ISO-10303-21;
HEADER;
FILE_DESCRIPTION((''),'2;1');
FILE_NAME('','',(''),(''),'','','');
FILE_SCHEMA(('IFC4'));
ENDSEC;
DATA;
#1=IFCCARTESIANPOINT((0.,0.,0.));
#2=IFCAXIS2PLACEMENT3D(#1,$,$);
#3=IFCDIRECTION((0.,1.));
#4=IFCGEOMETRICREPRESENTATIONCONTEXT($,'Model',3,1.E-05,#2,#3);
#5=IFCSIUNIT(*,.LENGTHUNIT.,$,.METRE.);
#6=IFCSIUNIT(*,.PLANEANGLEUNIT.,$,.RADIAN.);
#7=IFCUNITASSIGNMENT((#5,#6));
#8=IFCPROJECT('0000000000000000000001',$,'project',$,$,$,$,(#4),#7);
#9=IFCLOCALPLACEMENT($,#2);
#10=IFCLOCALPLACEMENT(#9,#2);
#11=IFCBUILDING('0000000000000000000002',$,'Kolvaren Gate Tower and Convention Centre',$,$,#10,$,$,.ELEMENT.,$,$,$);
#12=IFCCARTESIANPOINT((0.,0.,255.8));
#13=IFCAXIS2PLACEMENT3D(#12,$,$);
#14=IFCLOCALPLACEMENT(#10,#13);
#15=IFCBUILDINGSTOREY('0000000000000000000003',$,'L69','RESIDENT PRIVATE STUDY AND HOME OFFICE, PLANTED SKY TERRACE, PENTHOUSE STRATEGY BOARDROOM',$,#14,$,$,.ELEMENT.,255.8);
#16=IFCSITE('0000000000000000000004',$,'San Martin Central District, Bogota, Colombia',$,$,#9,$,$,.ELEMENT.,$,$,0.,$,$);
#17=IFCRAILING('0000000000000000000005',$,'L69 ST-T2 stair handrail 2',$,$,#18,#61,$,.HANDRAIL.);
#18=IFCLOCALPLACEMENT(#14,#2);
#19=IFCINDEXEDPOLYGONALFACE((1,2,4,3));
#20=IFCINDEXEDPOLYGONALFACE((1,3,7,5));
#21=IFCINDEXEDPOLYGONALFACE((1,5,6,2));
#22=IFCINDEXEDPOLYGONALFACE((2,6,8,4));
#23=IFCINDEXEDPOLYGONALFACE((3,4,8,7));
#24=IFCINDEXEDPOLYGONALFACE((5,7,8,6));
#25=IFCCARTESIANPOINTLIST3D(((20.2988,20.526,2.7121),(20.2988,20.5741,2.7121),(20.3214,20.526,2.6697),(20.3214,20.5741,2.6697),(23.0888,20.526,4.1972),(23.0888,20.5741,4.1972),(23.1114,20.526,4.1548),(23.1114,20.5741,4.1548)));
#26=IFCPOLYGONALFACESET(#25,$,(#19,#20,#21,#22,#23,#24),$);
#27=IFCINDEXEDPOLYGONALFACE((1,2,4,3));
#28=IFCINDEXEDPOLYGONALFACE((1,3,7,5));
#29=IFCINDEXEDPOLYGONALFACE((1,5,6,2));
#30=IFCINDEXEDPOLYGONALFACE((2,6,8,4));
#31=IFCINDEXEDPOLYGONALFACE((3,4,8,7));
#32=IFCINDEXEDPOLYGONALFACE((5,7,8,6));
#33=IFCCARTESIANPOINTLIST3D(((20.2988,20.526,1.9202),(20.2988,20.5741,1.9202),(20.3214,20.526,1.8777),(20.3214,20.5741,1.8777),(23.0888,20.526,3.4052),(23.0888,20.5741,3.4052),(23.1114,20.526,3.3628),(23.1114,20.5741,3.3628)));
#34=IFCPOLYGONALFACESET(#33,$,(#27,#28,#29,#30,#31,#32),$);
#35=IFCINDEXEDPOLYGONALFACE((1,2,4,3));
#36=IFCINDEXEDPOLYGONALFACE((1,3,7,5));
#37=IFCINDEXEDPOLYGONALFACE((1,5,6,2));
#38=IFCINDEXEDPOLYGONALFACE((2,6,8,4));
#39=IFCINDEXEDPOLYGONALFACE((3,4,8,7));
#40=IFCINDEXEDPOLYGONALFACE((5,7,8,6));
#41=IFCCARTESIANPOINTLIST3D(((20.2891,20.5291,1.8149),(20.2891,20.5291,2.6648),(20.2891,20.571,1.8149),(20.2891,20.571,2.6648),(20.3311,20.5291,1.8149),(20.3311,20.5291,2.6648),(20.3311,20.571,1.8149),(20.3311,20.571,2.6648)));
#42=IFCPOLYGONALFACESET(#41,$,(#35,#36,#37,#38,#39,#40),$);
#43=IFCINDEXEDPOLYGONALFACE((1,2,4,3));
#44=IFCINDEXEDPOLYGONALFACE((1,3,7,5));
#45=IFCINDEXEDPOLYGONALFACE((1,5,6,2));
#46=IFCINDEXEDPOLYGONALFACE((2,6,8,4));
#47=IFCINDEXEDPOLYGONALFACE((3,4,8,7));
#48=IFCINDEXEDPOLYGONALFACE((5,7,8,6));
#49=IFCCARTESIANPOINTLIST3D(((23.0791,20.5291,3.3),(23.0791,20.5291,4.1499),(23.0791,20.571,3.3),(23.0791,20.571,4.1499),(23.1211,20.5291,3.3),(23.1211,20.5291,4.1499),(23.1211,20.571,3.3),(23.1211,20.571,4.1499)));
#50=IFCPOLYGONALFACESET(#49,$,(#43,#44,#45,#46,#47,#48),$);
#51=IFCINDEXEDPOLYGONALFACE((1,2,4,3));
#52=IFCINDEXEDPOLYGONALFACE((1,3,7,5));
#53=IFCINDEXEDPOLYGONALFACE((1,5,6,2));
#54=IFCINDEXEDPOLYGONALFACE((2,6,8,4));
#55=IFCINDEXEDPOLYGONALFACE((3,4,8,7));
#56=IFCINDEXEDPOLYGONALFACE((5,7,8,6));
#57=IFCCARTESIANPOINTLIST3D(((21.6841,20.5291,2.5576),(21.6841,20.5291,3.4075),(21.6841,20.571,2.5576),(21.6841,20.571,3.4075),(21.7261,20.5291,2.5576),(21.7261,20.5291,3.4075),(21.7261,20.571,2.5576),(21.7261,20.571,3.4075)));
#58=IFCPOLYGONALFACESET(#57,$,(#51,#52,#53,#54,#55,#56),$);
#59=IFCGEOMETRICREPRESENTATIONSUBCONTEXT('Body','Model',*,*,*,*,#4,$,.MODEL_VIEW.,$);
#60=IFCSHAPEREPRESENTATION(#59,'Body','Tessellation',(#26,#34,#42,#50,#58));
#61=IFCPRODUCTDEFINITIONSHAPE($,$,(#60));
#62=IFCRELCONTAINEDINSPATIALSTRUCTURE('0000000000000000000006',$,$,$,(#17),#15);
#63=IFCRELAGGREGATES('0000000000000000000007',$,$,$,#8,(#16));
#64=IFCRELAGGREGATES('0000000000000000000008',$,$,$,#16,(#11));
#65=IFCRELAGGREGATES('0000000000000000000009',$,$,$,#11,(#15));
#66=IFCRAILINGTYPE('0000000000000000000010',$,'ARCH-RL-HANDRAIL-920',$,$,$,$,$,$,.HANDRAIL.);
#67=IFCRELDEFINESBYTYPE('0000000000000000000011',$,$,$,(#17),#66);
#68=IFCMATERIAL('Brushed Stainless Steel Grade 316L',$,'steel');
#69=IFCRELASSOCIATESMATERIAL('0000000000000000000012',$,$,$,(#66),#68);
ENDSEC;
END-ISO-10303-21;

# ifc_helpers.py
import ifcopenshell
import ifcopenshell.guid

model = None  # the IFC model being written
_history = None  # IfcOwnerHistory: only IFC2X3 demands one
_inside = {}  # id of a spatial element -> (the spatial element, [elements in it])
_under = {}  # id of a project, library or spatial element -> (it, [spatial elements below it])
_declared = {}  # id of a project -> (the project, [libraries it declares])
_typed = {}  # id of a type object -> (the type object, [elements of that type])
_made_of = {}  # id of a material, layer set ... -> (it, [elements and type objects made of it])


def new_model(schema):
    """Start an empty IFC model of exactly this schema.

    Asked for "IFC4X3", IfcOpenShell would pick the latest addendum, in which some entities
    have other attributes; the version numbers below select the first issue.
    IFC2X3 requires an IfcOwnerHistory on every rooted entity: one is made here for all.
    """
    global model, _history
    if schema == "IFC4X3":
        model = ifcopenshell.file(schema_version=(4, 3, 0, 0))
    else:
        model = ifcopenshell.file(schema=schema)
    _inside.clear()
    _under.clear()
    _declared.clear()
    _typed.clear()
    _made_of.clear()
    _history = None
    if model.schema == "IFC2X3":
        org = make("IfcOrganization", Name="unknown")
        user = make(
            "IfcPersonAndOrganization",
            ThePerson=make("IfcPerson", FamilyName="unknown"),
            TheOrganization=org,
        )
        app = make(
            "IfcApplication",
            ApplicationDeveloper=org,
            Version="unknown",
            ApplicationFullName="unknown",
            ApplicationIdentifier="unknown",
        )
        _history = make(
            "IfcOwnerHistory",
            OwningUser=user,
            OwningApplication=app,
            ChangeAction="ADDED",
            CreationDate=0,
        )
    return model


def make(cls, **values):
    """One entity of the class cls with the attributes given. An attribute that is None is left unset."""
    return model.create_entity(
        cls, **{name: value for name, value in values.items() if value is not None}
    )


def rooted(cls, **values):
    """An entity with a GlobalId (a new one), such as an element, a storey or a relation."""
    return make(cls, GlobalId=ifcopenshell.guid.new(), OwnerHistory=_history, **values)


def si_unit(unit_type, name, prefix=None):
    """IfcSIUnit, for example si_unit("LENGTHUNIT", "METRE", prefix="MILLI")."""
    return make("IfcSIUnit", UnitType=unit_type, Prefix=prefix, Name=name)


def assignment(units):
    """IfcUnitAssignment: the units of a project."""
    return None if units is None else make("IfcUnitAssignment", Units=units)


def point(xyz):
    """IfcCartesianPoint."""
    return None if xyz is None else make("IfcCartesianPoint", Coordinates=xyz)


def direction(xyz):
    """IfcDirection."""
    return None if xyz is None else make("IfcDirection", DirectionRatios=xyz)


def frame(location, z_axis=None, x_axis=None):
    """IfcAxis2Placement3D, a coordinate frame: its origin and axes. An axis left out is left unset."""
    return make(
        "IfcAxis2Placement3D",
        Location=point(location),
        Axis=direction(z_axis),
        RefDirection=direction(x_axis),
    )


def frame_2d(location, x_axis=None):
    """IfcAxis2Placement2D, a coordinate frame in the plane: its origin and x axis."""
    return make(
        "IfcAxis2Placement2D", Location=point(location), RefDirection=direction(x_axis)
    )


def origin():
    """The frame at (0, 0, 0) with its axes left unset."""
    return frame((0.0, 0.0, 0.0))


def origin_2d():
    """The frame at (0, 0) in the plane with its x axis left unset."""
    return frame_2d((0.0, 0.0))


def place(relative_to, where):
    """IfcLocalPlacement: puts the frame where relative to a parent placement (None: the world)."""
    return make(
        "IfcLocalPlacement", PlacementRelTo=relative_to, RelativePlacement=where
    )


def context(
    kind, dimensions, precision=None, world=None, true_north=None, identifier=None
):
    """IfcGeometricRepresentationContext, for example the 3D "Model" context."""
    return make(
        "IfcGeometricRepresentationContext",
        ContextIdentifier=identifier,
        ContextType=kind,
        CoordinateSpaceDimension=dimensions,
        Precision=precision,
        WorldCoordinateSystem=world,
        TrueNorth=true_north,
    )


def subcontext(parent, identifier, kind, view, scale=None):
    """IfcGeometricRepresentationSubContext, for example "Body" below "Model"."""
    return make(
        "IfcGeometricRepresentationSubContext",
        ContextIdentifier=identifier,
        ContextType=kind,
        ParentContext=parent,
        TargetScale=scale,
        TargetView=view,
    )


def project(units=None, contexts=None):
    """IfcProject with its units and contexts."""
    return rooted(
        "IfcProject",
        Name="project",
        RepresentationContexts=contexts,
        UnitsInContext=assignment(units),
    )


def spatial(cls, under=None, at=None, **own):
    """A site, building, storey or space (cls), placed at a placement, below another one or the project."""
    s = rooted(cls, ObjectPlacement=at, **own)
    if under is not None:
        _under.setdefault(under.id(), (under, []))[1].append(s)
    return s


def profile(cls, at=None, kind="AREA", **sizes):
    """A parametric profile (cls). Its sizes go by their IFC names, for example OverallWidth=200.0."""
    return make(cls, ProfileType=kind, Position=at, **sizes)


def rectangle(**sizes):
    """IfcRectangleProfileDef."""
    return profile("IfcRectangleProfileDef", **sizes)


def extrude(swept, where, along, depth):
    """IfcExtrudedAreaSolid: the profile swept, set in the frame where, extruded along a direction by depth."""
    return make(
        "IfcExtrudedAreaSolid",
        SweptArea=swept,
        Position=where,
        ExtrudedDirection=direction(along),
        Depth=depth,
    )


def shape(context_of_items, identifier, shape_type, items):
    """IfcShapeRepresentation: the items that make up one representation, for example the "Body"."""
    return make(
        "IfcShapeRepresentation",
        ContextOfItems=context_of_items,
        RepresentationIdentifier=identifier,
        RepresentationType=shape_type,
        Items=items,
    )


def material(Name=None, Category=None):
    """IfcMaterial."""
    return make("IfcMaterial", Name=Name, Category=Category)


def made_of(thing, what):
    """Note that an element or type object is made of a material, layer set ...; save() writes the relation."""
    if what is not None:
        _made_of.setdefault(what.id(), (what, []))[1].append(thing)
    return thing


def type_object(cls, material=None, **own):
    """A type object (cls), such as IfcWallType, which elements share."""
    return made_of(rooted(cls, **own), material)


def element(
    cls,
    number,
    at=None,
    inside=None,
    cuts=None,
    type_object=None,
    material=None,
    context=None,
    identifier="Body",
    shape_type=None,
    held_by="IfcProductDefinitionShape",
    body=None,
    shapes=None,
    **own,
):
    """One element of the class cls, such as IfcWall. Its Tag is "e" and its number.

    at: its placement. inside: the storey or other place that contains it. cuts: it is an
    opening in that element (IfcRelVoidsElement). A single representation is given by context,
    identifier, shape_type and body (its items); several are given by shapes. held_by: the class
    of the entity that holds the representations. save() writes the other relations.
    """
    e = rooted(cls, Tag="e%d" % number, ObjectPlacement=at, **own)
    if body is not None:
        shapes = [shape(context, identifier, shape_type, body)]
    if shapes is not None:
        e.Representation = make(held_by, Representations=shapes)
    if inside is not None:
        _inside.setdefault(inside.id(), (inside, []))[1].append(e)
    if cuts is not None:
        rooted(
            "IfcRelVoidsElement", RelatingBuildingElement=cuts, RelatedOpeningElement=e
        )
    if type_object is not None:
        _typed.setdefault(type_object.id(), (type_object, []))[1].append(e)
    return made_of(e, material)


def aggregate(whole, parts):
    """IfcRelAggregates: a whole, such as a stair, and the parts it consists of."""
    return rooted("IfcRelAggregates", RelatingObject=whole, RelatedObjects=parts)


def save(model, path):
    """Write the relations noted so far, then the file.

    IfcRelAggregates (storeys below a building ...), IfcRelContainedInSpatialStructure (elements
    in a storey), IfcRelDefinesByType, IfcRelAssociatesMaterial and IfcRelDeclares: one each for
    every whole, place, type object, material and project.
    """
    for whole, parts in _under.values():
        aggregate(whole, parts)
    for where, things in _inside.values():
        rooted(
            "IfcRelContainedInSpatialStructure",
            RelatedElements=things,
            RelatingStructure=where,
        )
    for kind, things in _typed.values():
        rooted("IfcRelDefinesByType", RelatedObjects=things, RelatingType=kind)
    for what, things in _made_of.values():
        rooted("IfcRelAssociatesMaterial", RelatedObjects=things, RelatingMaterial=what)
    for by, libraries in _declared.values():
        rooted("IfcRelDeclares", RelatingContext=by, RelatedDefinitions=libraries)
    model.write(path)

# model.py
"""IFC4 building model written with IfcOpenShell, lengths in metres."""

from ifc_helpers import new_model, si_unit, direction, frame, origin, origin_2d, place, context, subcontext, project, spatial, rectangle, extrude, material, type_object, element, save


model = new_model("IFC4")

# Units and contexts
model_context = context("Model", 3, precision=1e-05, world=origin(), true_north=direction((0.0, 1.0)))
body_context = subcontext(model_context, "Body", "Model", "MODEL_VIEW")
ifc_project = project(units=[si_unit("LENGTHUNIT", "METRE"), si_unit("PLANEANGLEUNIT", "RADIAN")], contexts=[model_context])

# Site, building, storey
site_placement = place(None, origin())
site = spatial("IfcSite", under=ifc_project, at=site_placement, Name="San Martin Central District, Bogota, Colombia", CompositionType="ELEMENT", RefElevation=0.0)
building_placement = place(site_placement, origin())
building = spatial("IfcBuilding", under=site, at=building_placement, Name="Kolvaren Gate Tower and Convention Centre", CompositionType="ELEMENT")
storey_placement = place(building_placement, frame((0.0, 0.0, 255.8)))
storey = spatial("IfcBuildingStorey", under=building, at=storey_placement, Name="L69", Description="RESIDENT PRIVATE STUDY AND HOME OFFICE, PLANTED SKY TERRACE, PENTHOUSE STRATEGY BOARDROOM", CompositionType="ELEMENT", Elevation=255.8)

# Shared definitions
ifc_material_1 = material(Name="Brushed Stainless Steel Grade 316L", Category="steel")

# Railing
railing_type_1 = type_object("IfcRailingType", Name="ARCH-RL-HANDRAIL-920", PredefinedType="HANDRAIL", material=ifc_material_1)
railing_1_placement = place(storey_placement, frame((20.3101, 20.55, 1.8149)))
element("IfcRailing", 1, at=railing_1_placement, inside=storey, type_object=railing_type_1, Name="L69 ST-T2 stair handrail 2", PredefinedType="HANDRAIL", context=body_context, shape_type="SweptSolid", body=[
    extrude(rectangle(XDim=0.0481, YDim=0.0481, at=origin_2d()), frame((0.0, 0.0, 0.876), z_axis=(0.882735, 0.0, 0.46987), x_axis=(0.0, 1.0, 0.0)), (0.0, 0.0, 1.0), 3.1606),
    extrude(rectangle(XDim=0.0481, YDim=0.0481, at=origin_2d()), frame((0.0, 0.0, 0.084), z_axis=(0.882735, 0.0, 0.46987), x_axis=(0.0, 1.0, 0.0)), (0.0, 0.0, 1.0), 3.1606),
    extrude(rectangle(XDim=0.042, YDim=0.042, at=origin_2d()), origin(), (0.0, 0.0, 1.0), 0.8499),
    extrude(rectangle(XDim=0.042, YDim=0.042, at=origin_2d()), frame((2.79, 0.0, 1.4851)), (0.0, 0.0, 1.0), 0.8499),
    extrude(rectangle(XDim=0.042, YDim=0.042, at=origin_2d()), frame((1.395, 0.0, 0.7427)), (0.0, 0.0, 1.0), 0.8499),
])

save(model, "model.ifc")
